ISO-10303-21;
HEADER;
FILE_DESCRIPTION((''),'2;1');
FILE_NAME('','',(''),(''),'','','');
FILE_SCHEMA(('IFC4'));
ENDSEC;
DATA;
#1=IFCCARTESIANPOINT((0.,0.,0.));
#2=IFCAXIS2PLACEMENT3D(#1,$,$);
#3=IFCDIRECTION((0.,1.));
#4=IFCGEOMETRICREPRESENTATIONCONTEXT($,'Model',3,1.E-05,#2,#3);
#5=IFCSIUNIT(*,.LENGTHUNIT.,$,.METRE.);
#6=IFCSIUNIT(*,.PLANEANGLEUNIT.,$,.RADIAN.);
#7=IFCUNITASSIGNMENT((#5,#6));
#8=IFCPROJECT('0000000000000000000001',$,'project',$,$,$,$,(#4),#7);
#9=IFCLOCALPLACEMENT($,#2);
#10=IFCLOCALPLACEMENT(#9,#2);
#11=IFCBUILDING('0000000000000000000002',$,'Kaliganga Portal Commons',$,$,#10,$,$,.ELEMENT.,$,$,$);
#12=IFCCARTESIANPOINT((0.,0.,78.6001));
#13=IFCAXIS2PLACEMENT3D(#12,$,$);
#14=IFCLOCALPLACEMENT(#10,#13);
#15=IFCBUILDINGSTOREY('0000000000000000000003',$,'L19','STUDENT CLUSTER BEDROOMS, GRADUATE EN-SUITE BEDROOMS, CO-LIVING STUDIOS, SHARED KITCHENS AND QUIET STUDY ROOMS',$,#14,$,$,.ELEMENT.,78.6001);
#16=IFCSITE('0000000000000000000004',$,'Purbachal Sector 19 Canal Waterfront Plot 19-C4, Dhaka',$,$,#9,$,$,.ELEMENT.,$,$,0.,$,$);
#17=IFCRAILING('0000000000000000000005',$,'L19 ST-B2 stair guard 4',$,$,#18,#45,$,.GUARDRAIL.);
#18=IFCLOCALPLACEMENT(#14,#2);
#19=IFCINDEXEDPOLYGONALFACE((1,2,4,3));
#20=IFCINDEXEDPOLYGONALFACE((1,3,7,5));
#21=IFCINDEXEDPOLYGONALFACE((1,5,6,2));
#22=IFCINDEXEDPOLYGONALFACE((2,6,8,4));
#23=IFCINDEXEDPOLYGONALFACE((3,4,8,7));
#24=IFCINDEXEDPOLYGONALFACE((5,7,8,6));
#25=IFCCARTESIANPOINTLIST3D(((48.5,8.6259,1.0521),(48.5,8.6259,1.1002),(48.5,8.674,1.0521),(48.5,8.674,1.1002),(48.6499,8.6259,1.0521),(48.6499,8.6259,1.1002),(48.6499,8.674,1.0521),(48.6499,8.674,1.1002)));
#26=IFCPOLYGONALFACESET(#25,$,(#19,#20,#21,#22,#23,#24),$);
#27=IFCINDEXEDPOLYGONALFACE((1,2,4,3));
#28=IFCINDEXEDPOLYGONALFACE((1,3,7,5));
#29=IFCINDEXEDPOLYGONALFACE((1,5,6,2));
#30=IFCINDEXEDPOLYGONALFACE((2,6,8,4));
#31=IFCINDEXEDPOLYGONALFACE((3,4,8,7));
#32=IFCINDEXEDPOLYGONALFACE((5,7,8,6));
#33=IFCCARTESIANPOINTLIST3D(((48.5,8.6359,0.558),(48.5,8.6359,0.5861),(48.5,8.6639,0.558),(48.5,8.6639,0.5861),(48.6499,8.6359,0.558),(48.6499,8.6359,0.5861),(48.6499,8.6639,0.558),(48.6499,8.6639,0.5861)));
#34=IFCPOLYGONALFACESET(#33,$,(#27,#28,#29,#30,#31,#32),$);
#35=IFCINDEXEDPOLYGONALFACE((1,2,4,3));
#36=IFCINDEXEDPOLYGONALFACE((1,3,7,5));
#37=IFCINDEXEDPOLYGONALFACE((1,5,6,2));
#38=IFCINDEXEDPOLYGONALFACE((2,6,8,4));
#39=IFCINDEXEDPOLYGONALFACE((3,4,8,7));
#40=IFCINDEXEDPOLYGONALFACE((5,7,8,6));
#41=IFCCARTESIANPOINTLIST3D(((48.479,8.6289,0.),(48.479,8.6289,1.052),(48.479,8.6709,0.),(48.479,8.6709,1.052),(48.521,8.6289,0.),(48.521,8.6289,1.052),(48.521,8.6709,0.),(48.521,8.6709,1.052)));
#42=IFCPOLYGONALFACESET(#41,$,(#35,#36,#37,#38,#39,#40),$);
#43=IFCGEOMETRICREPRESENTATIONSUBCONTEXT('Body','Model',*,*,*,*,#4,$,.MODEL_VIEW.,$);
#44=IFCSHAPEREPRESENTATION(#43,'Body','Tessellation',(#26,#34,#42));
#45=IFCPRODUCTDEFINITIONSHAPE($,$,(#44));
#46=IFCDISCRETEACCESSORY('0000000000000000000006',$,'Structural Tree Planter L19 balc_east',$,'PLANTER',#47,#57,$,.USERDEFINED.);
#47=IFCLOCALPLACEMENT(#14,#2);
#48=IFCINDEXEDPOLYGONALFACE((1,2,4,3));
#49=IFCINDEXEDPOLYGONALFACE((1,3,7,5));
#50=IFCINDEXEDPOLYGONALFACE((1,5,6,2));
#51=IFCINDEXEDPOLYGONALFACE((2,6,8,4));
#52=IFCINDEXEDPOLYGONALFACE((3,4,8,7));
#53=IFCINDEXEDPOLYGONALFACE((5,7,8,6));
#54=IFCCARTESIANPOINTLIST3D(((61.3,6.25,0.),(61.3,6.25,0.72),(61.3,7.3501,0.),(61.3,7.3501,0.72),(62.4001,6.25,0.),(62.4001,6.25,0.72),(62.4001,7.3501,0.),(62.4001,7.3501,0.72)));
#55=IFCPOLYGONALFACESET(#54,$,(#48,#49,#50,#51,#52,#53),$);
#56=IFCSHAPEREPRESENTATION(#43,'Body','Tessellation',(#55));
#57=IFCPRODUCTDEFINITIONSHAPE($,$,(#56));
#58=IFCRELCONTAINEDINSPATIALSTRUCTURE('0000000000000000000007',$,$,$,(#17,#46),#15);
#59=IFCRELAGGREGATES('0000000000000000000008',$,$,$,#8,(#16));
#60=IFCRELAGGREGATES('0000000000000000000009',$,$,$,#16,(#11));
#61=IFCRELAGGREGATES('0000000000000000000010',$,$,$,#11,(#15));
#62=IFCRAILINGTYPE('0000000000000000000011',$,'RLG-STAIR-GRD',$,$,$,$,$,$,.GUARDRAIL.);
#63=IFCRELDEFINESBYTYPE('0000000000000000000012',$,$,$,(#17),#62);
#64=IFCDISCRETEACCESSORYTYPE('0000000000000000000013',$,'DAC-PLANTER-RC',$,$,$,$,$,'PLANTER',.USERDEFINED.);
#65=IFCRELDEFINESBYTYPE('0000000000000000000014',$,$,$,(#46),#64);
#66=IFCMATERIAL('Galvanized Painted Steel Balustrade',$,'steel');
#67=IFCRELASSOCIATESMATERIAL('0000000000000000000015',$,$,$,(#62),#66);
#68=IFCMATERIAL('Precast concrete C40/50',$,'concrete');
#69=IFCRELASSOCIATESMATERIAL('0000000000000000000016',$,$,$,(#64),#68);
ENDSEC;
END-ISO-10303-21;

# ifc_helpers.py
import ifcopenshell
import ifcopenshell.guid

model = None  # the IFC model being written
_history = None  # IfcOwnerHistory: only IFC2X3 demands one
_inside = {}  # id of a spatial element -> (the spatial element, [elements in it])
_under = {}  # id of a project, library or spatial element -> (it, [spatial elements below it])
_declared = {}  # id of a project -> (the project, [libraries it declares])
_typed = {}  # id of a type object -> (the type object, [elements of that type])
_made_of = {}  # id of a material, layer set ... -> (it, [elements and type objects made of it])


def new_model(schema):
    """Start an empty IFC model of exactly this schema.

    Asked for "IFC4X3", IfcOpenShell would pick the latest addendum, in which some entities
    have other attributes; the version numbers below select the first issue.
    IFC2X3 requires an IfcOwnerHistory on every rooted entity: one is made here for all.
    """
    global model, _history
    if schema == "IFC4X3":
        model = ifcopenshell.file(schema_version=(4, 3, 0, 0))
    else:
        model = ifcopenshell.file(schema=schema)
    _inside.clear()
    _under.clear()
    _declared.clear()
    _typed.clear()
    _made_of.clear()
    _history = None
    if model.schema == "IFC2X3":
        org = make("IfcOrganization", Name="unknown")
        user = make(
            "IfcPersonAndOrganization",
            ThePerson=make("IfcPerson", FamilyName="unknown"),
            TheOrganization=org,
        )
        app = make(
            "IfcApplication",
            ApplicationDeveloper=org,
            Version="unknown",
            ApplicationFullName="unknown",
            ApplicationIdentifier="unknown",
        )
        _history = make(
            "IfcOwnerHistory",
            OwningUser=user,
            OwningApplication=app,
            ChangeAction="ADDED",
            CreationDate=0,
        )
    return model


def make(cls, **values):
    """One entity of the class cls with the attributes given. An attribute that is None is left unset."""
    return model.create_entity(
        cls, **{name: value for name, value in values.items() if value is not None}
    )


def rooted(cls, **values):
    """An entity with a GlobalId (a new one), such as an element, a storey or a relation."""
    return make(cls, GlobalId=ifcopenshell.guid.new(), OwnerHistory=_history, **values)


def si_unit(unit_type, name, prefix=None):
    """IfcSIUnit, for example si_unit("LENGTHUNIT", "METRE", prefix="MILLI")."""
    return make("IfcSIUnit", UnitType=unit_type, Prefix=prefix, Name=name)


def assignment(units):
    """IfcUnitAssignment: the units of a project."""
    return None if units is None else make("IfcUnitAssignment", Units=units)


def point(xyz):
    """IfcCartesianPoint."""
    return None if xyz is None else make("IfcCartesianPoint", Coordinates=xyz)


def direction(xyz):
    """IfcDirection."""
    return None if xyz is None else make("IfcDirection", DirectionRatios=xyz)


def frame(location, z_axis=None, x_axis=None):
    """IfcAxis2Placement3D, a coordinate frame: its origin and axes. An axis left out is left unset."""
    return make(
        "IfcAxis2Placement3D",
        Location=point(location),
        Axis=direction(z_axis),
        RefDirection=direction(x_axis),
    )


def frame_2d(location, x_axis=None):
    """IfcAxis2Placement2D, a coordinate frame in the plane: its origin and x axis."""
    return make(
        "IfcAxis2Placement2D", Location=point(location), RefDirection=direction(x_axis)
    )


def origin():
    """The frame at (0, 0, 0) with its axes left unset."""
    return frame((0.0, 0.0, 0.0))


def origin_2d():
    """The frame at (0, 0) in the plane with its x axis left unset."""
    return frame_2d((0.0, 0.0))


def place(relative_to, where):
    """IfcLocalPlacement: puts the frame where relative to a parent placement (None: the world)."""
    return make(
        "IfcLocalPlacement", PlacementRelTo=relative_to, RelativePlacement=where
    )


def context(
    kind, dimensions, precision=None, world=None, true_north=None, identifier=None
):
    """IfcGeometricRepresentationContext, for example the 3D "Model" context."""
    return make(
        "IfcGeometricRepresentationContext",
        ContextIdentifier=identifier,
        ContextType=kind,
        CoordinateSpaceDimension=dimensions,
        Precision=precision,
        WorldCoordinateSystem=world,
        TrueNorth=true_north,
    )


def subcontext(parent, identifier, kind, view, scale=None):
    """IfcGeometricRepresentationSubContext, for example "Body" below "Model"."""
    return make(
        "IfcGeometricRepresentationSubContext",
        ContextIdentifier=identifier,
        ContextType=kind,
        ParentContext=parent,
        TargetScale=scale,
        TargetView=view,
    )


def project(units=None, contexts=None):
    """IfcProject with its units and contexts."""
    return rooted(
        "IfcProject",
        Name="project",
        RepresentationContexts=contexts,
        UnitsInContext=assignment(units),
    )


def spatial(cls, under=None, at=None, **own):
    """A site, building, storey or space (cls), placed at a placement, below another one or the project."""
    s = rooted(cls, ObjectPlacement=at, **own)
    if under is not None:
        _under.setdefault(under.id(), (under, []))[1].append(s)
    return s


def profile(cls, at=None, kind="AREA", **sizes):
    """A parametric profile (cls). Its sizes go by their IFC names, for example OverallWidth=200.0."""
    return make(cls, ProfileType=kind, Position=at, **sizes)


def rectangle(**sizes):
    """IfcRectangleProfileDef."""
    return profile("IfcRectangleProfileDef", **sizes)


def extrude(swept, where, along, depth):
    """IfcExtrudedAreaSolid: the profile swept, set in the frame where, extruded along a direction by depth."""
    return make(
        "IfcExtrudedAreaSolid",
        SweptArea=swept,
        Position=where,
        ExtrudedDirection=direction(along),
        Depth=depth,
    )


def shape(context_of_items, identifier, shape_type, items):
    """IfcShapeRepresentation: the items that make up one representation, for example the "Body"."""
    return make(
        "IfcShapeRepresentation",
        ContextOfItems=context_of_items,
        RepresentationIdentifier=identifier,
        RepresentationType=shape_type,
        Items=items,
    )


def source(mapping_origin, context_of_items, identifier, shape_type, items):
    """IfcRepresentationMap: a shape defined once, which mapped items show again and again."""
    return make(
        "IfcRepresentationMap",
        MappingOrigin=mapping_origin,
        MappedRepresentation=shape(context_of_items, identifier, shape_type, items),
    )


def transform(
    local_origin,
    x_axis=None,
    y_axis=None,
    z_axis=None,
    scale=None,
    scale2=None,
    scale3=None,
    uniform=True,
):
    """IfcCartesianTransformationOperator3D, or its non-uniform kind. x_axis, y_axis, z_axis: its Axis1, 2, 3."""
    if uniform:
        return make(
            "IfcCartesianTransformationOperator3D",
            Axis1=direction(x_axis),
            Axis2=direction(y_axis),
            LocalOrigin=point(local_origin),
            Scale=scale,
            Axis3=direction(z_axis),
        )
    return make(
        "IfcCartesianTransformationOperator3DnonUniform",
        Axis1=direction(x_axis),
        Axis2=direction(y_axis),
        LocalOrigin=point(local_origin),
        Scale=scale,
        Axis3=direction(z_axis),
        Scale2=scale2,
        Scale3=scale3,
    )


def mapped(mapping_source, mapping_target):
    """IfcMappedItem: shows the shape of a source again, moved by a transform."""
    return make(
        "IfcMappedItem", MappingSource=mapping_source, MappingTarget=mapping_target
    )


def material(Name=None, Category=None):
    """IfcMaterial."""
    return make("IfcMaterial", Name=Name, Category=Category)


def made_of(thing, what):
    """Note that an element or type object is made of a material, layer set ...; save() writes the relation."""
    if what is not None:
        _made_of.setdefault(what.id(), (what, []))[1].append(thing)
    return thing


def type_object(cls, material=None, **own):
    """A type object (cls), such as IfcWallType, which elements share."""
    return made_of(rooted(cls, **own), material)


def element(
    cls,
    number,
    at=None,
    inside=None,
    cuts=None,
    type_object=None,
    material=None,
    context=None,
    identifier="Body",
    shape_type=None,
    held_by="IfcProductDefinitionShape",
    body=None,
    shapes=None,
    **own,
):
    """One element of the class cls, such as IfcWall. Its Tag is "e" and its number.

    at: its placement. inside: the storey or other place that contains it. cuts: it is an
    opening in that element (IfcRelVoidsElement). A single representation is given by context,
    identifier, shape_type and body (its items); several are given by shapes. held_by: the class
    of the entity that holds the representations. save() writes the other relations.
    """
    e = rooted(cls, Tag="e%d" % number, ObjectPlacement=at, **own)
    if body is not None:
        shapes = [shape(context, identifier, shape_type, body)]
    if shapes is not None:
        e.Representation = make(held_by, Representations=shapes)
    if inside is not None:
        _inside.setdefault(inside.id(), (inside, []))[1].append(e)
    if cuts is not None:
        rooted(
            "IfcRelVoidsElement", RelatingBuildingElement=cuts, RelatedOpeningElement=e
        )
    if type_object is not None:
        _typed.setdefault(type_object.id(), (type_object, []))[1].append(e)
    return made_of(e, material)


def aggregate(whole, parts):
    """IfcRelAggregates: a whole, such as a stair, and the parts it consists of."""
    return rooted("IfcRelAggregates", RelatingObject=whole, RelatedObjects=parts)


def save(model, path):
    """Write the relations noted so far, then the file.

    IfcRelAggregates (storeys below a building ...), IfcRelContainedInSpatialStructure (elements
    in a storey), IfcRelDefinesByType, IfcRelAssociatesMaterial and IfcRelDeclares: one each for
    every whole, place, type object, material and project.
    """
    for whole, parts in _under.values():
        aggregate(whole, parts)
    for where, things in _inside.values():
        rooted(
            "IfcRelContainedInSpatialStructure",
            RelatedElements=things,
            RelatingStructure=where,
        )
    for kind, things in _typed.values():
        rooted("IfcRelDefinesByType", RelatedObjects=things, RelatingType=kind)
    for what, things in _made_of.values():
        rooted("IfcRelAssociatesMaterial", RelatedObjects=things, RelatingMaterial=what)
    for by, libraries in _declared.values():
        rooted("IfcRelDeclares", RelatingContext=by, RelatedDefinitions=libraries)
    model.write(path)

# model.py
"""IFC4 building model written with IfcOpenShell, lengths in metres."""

from ifc_helpers import new_model, si_unit, direction, frame, origin, origin_2d, place, context, subcontext, project, spatial, rectangle, extrude, source, transform, mapped, material, type_object, element, save


model = new_model("IFC4")

# Units and contexts
model_context = context("Model", 3, precision=1e-05, world=origin(), true_north=direction((0.0, 1.0)))
body_context = subcontext(model_context, "Body", "Model", "MODEL_VIEW")
ifc_project = project(units=[si_unit("LENGTHUNIT", "METRE"), si_unit("PLANEANGLEUNIT", "RADIAN")], contexts=[model_context])

# Site, building, storey
site_placement = place(None, origin())
site = spatial("IfcSite", under=ifc_project, at=site_placement, Name="Purbachal Sector 19 Canal Waterfront Plot 19-C4, Dhaka", CompositionType="ELEMENT", RefElevation=0.0)
building_placement = place(site_placement, origin())
building = spatial("IfcBuilding", under=site, at=building_placement, Name="Kaliganga Portal Commons", CompositionType="ELEMENT")
storey_placement = place(building_placement, frame((0.0, 0.0, 78.6001)))
storey = spatial("IfcBuildingStorey", under=building, at=storey_placement, Name="L19", Description="STUDENT CLUSTER BEDROOMS, GRADUATE EN-SUITE BEDROOMS, CO-LIVING STUDIOS, SHARED KITCHENS AND QUIET STUDY ROOMS", CompositionType="ELEMENT", Elevation=78.6001)

# Railing
ifc_material_1 = material(Name="Galvanized Painted Steel Balustrade", Category="steel")
railing_type_1 = type_object("IfcRailingType", Name="RLG-STAIR-GRD", PredefinedType="GUARDRAIL", material=ifc_material_1)
railing_1_placement = place(storey_placement, frame((48.6499, 8.6499, 0.0)))
element("IfcRailing", 1, at=railing_1_placement, inside=storey, type_object=railing_type_1, Name="L19 ST-B2 stair guard 4", PredefinedType="GUARDRAIL", context=body_context, shape_type="SweptSolid", body=[
    extrude(rectangle(XDim=0.0481, YDim=0.0481, at=origin_2d()), frame((0.0, 0.0, 1.0762), z_axis=(-1.0, 0.0, 0.0), x_axis=(0.0, -1.0, 0.0)), (0.0, 0.0, 1.0), 0.1499),
    extrude(rectangle(XDim=0.0281, YDim=0.0281, at=origin_2d()), frame((0.0, 0.0, 0.572), z_axis=(-1.0, 0.0, 0.0), x_axis=(0.0, -1.0, 0.0)), (0.0, 0.0, 1.0), 0.1499),
    extrude(rectangle(XDim=0.042, YDim=0.042, at=origin_2d()), frame((-0.1499, 0.0, 0.0)), (0.0, 0.0, 1.0), 1.052),
])

# Discrete accessory
ifc_material_2 = material(Name="Precast concrete C40/50", Category="concrete")
discrete_accessory_type = type_object("IfcDiscreteAccessoryType", Name="DAC-PLANTER-RC", ElementType="PLANTER", PredefinedType="USERDEFINED", material=ifc_material_2)
shared_shape_1 = source(origin(), body_context, "Body", "SweptSolid", [
    extrude(rectangle(XDim=1.1001, YDim=1.1001, at=origin_2d()), origin(), (0.0, 0.0, 1.0), 0.72),
])
discrete_accessory_placement = place(storey_placement, frame((61.8501, 6.8, 0.0), z_axis=(0.0, 0.0, 1.0), x_axis=(1.0, 0.0, 0.0)))
element("IfcDiscreteAccessory", 2, at=discrete_accessory_placement, inside=storey, type_object=discrete_accessory_type, Name="Structural Tree Planter L19 balc_east", ObjectType="PLANTER", PredefinedType="USERDEFINED", context=body_context, shape_type="MappedRepresentation", body=[
    mapped(shared_shape_1, transform((0.0, 0.0, 0.0), x_axis=(1.0, 0.0, 0.0), y_axis=(0.0, 1.0, 0.0), z_axis=(0.0, 0.0, 1.0), scale=1.0)),
])

save(model, "model.ifc")
